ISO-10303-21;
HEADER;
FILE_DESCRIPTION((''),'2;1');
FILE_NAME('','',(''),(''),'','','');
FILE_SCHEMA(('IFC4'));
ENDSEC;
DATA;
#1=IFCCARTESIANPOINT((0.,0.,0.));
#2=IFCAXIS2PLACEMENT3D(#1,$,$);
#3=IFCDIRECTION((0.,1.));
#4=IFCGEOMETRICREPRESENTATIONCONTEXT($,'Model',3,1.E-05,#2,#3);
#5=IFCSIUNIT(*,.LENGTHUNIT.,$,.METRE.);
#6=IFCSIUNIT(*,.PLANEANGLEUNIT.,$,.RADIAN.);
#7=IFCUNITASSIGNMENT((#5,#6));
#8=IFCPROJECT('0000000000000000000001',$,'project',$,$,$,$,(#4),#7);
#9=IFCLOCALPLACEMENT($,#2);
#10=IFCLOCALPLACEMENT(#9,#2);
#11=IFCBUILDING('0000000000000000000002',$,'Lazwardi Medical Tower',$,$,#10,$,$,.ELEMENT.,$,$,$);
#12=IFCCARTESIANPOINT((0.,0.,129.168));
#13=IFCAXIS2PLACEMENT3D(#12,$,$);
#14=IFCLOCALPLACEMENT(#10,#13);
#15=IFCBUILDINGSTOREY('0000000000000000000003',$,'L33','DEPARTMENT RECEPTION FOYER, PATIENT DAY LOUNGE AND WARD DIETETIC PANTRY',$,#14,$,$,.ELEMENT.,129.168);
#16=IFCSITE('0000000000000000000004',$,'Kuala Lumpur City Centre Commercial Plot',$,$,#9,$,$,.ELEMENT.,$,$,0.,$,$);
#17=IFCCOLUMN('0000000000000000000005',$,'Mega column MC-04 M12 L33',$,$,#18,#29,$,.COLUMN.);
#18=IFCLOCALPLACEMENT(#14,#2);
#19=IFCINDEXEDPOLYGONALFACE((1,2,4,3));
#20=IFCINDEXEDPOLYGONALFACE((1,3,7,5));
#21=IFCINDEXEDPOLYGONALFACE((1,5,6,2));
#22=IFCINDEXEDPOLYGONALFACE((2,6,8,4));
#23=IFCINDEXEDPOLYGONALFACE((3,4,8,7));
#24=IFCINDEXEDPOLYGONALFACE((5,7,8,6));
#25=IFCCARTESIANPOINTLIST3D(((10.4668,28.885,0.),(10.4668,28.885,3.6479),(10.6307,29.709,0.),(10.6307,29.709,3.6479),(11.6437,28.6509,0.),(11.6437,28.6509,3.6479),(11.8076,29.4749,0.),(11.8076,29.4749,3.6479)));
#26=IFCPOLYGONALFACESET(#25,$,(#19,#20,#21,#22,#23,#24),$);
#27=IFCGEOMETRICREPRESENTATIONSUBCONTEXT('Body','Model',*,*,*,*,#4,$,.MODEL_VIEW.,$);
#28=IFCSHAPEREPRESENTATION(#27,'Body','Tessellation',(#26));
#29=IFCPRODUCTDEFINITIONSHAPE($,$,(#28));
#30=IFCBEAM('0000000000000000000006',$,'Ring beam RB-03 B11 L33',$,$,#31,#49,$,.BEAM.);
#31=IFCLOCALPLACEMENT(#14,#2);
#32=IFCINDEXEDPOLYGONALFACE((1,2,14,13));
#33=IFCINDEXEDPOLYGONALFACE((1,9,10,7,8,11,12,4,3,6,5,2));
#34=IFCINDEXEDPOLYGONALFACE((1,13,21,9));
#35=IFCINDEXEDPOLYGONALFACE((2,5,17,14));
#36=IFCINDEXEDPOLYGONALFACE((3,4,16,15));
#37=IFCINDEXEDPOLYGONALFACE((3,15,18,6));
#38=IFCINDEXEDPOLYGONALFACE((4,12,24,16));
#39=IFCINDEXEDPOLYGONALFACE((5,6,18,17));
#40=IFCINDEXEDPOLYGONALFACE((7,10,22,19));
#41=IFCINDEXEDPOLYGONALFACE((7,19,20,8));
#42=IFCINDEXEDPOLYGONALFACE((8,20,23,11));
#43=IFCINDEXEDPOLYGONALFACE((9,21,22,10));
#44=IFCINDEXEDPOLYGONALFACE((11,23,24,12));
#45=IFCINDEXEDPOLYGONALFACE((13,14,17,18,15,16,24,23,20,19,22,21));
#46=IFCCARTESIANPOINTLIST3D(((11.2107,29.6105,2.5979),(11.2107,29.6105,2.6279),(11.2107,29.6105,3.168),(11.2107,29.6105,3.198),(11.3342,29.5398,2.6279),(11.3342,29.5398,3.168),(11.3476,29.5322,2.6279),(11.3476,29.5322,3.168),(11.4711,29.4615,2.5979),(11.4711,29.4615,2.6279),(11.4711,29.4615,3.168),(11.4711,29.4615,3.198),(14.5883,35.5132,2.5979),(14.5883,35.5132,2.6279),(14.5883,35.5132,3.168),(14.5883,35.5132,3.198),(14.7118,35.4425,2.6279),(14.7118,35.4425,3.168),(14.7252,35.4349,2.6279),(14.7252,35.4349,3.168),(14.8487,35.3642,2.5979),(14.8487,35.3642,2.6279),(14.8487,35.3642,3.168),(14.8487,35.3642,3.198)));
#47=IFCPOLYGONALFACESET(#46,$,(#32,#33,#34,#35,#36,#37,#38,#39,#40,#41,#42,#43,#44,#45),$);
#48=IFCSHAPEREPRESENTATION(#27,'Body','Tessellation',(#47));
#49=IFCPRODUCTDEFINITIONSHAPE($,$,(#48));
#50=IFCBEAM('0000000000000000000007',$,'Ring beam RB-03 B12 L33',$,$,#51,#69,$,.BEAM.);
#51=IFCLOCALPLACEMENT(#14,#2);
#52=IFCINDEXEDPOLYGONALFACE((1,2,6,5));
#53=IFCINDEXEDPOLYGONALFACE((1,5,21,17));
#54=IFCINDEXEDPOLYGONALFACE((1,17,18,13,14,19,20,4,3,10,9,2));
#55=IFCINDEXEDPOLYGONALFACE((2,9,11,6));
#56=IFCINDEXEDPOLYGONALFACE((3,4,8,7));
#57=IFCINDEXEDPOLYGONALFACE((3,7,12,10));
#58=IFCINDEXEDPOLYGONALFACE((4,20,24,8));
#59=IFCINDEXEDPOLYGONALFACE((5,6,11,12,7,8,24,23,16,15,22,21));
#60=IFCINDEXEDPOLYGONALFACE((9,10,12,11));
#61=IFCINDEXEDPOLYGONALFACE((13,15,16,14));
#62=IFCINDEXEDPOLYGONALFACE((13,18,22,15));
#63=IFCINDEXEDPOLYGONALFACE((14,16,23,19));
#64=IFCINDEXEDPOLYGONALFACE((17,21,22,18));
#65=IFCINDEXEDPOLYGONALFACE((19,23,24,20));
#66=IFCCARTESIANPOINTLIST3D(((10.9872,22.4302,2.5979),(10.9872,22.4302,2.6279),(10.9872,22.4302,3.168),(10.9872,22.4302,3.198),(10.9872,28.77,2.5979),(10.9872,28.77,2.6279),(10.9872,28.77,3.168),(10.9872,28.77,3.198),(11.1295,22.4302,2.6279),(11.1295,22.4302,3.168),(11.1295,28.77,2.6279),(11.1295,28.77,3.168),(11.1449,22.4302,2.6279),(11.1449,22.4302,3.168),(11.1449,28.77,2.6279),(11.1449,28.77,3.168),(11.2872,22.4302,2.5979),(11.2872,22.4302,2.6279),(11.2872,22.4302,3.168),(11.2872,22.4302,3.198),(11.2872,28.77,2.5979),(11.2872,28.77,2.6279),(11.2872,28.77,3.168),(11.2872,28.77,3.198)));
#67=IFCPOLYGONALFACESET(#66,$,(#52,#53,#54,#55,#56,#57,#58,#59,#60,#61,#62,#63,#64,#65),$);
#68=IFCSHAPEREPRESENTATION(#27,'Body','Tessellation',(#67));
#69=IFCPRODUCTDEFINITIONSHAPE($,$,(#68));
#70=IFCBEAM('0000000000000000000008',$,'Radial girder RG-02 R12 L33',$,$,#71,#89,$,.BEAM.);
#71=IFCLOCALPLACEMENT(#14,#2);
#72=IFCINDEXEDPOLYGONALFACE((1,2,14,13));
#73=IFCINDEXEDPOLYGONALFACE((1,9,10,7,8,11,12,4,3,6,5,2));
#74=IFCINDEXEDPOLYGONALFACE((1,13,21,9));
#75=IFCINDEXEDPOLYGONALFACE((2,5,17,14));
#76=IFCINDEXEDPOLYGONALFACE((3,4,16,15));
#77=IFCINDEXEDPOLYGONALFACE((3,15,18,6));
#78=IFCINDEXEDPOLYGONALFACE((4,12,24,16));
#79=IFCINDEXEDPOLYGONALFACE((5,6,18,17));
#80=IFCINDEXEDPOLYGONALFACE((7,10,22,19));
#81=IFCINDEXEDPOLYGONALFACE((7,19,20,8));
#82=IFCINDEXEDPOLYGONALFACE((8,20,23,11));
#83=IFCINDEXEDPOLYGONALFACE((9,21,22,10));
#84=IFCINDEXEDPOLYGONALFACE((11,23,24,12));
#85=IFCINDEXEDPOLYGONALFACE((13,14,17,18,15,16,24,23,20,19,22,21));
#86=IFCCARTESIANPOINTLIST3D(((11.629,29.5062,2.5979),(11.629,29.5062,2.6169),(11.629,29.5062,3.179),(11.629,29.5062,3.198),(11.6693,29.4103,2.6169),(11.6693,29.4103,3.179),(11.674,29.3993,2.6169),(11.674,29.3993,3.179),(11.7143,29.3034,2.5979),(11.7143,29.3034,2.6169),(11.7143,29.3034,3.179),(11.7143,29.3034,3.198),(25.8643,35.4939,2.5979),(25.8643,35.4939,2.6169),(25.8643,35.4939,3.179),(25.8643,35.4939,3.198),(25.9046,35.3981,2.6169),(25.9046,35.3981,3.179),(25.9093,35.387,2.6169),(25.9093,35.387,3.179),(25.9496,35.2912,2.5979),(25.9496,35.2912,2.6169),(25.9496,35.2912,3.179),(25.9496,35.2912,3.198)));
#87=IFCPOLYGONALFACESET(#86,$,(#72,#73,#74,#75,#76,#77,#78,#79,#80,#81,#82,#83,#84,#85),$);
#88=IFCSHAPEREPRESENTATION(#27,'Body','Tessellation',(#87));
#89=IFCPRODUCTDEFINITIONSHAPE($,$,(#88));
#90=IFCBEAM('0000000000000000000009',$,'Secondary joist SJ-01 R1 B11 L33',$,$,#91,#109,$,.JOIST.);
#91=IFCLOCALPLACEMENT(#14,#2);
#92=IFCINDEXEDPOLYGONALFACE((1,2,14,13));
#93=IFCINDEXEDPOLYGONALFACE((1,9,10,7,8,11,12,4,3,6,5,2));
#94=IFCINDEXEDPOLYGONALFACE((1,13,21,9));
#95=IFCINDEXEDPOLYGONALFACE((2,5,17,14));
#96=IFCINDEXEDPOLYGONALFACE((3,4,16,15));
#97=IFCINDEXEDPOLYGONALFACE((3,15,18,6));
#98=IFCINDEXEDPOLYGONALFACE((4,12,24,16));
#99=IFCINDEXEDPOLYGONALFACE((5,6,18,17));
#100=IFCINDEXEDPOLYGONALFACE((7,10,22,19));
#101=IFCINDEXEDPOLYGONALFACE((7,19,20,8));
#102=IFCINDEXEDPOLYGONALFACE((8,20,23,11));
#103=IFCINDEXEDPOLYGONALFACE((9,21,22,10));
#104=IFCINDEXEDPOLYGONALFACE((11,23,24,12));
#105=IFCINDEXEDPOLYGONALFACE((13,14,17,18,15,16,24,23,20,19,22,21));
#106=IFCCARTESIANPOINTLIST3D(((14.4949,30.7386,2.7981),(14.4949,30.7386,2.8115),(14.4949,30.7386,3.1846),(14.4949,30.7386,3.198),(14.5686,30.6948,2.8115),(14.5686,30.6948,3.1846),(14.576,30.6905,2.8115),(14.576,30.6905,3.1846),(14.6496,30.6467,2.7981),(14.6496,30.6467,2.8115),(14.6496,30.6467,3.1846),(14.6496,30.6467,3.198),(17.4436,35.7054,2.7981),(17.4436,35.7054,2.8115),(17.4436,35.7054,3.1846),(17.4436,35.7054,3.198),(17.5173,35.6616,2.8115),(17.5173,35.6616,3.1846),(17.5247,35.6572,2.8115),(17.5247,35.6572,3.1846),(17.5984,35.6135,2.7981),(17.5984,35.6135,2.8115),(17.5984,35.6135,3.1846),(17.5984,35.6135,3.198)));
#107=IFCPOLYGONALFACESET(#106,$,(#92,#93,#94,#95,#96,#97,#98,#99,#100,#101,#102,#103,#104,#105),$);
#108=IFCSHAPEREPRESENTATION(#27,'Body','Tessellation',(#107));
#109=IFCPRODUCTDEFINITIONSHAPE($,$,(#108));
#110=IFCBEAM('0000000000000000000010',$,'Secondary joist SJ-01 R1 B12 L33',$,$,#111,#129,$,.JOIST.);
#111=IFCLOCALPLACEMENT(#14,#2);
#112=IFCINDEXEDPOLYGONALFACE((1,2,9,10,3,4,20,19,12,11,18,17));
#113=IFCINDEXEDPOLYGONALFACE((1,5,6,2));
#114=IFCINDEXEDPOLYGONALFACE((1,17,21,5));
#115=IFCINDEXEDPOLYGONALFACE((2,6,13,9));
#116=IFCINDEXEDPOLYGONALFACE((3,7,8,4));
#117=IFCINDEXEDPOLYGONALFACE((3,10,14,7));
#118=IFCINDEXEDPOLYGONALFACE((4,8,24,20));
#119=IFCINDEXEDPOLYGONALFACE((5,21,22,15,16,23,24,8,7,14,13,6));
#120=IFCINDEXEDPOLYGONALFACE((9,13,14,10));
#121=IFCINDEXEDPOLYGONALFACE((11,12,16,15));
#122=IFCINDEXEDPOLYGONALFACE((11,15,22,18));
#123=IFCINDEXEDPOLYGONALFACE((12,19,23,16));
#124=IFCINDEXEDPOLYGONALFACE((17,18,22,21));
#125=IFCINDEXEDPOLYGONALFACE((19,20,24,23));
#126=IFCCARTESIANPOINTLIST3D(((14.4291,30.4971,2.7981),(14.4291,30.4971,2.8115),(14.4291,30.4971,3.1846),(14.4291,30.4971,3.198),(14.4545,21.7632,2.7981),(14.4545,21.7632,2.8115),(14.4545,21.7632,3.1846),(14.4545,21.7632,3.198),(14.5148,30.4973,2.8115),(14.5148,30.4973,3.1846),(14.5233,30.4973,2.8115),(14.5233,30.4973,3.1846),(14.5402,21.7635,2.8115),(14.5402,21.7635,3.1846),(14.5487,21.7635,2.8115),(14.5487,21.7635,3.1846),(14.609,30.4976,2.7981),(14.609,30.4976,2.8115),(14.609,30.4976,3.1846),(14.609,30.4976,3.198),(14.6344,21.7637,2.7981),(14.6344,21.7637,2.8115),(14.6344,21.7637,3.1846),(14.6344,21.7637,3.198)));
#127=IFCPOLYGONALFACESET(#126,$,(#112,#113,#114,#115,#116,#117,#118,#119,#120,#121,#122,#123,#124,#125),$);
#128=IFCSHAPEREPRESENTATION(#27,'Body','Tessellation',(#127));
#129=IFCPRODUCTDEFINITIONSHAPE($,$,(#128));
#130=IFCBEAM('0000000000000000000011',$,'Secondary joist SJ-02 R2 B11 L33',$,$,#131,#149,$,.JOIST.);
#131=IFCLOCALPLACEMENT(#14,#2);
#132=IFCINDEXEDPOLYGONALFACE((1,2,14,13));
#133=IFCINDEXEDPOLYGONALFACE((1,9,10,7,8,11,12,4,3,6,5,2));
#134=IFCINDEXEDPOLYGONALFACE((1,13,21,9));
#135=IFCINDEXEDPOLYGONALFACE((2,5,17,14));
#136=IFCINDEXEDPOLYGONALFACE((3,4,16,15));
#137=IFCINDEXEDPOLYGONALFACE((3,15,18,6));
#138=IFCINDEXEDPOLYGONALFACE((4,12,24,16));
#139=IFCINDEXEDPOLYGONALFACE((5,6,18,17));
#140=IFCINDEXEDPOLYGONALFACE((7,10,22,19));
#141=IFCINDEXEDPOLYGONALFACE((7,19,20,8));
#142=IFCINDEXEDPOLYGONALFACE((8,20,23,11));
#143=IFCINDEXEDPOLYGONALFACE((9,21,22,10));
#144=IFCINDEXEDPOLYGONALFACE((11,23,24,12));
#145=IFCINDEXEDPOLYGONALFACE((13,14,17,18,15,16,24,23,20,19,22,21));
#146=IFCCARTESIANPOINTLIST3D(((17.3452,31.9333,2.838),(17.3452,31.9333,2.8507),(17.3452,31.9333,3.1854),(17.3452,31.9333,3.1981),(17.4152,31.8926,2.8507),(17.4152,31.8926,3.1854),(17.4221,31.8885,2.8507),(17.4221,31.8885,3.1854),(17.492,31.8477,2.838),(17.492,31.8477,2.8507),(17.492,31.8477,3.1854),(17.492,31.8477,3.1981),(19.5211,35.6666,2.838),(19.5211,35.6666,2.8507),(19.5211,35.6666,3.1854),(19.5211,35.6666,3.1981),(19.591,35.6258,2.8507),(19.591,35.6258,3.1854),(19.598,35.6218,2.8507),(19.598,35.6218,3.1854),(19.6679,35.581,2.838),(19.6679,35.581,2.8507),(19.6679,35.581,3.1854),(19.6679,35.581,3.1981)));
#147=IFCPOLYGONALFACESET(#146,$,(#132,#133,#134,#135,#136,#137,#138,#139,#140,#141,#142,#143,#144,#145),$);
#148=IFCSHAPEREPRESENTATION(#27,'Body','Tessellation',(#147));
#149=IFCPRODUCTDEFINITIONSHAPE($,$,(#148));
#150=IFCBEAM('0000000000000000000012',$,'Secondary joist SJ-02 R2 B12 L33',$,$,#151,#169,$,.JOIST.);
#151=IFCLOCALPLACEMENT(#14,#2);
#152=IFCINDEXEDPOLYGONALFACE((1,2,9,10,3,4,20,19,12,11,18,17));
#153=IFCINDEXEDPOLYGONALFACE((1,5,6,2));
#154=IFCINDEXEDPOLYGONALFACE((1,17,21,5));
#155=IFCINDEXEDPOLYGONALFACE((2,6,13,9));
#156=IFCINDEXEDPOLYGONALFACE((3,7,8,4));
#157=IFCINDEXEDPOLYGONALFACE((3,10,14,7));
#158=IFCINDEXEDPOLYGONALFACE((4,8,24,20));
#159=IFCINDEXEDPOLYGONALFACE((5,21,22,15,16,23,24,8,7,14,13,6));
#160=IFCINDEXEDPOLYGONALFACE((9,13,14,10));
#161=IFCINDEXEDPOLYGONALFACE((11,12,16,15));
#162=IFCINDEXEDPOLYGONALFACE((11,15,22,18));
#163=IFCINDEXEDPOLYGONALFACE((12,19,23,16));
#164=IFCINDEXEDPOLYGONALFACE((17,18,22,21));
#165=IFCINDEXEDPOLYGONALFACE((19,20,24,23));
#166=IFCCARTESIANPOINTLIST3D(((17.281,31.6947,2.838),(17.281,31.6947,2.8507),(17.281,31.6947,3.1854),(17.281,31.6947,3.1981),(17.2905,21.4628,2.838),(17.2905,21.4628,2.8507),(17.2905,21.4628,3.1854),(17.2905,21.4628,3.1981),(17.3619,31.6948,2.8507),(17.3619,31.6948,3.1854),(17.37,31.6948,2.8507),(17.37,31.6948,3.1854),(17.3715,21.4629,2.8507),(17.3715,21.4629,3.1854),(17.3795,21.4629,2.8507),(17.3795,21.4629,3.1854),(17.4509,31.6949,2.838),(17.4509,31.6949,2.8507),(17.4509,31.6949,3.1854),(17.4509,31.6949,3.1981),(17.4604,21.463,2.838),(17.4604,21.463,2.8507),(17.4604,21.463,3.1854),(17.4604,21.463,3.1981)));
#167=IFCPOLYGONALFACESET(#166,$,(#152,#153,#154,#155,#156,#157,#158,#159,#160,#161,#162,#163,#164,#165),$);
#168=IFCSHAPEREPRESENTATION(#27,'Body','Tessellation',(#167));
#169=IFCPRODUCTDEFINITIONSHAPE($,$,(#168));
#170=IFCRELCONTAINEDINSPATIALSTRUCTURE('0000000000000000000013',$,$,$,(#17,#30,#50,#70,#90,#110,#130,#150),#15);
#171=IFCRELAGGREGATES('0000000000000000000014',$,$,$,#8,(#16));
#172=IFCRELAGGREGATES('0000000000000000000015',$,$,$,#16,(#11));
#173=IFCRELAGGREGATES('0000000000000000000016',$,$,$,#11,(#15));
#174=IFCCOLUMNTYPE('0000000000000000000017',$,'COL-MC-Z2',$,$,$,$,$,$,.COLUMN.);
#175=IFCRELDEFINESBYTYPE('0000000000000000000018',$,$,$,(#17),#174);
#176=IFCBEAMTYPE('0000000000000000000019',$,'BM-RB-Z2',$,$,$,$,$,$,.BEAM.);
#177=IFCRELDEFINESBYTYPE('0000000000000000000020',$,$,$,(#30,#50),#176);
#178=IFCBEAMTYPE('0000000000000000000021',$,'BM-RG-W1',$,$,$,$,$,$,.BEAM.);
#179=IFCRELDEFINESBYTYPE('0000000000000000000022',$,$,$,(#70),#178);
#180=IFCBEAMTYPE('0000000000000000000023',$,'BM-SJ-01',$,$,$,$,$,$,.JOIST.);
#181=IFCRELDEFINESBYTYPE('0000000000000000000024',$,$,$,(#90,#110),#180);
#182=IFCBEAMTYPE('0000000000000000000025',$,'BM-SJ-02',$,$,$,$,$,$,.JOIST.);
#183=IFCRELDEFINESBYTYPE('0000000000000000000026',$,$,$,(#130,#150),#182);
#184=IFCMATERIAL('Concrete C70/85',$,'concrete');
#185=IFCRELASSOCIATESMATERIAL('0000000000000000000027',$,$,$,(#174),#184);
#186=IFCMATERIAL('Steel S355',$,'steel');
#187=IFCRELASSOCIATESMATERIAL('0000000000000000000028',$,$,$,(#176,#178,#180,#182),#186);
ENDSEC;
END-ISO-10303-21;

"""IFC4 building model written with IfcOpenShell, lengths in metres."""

from ifc_helpers import new_model, si_unit, direction, frame, origin, origin_2d, place, context, subcontext, project, spatial, rectangle, i_section, extrude, material, material_profile, profile_set, type_object, element, save


model = new_model("IFC4")

# Units and contexts
model_context = context("Model", 3, precision=1e-05, world=origin(), true_north=direction((0.0, 1.0)))
body_context = subcontext(model_context, "Body", "Model", "MODEL_VIEW")
ifc_project = project(units=[si_unit("LENGTHUNIT", "METRE"), si_unit("PLANEANGLEUNIT", "RADIAN")], contexts=[model_context])

# Site, building, storey
site_placement = place(None, origin())
site = spatial("IfcSite", under=ifc_project, at=site_placement, Name="Kuala Lumpur City Centre Commercial Plot", CompositionType="ELEMENT", RefElevation=0.0)
building_placement = place(site_placement, origin())
building = spatial("IfcBuilding", under=site, at=building_placement, Name="Lazwardi Medical Tower", CompositionType="ELEMENT")
storey_placement = place(building_placement, frame((0.0, 0.0, 129.168)))
storey = spatial("IfcBuildingStorey", under=building, at=storey_placement, Name="L33", Description="DEPARTMENT RECEPTION FOYER, PATIENT DAY LOUNGE AND WARD DIETETIC PANTRY", CompositionType="ELEMENT", Elevation=129.168)

# Column
ifc_material_1 = material(Name="Concrete C70/85", Category="concrete")
ifc_material_profile_1 = material_profile(ifc_material_1, rectangle(XDim=1.2, YDim=0.8401, at=origin_2d()), Name="CFT-RECT 1200x840")
ifc_profile_set_1 = profile_set([ifc_material_profile_1], Name="Concrete C70/85")
column_type = type_object("IfcColumnType", Name="COL-MC-Z2", PredefinedType="COLUMN", material=ifc_profile_set_1)
column_placement = place(storey_placement, frame((11.1372, 29.1799, 0.0), z_axis=(0.0, 0.0, 1.0), x_axis=(-0.980785, 0.19509, 0.0)))
element("IfcColumn", 1, at=column_placement, inside=storey, type_object=column_type, Name="Mega column MC-04 M12 L33", PredefinedType="COLUMN", context=body_context, shape_type="SweptSolid", body=[
    extrude(rectangle(XDim=1.2, YDim=0.8401, at=origin_2d()), origin(), (0.0, 0.0, 1.0), 3.6479),
])

# Beams
ifc_material_2 = material(Name="Steel S355", Category="steel")
ifc_material_profile_2 = material_profile(ifc_material_2, i_section(OverallWidth=0.3, OverallDepth=0.6001, WebThickness=0.0154, FlangeThickness=0.03, at=origin_2d()), Name="HEB 600")
ifc_profile_set_2 = profile_set([ifc_material_profile_2], Name="Steel S355")
beam_type_1 = type_object("IfcBeamType", Name="BM-RB-Z2", PredefinedType="BEAM", material=ifc_profile_set_2)
beam_1_placement = place(storey_placement, frame((14.7185, 35.4387, 2.8979), z_axis=(-0.496653, -0.867949, 0.0), x_axis=(0.867949, -0.496653, 0.0)))
element("IfcBeam", 2, at=beam_1_placement, inside=storey, type_object=beam_type_1, Name="Ring beam RB-03 B11 L33", PredefinedType="BEAM", context=body_context, shape_type="SweptSolid", body=[
    extrude(i_section(OverallWidth=0.3, OverallDepth=0.6001, WebThickness=0.0154, FlangeThickness=0.03, at=origin_2d()), origin(), (0.0, 0.0, 1.0), 6.8008),
])
beam_2_placement = place(storey_placement, frame((11.1372, 28.77, 2.8979), z_axis=(0.0, -1.0, 0.0), x_axis=(1.0, 0.0, 0.0)))
element("IfcBeam", 3, at=beam_2_placement, inside=storey, type_object=beam_type_1, Name="Ring beam RB-03 B12 L33", PredefinedType="BEAM", context=body_context, shape_type="SweptSolid", body=[
    extrude(i_section(OverallWidth=0.3, OverallDepth=0.6001, WebThickness=0.0154, FlangeThickness=0.03, at=origin_2d()), origin(), (0.0, 0.0, 1.0), 6.3398),
])
ifc_material_profile_3 = material_profile(ifc_material_2, i_section(OverallWidth=0.22, OverallDepth=0.6001, WebThickness=0.012, FlangeThickness=0.019, at=origin_2d()), Name="IPE 600")
ifc_profile_set_3 = profile_set([ifc_material_profile_3], Name="Steel S355")
beam_type_2 = type_object("IfcBeamType", Name="BM-RG-W1", PredefinedType="BEAM", material=ifc_profile_set_3)
beam_3_placement = place(storey_placement, frame((11.6716, 29.4048, 2.8979), z_axis=(0.921775, 0.387725, 0.0), x_axis=(-0.387725, 0.921775, 0.0)))
element("IfcBeam", 4, at=beam_3_placement, inside=storey, type_object=beam_type_2, Name="Radial girder RG-02 R12 L33", PredefinedType="BEAM", context=body_context, shape_type="SweptSolid", body=[
    extrude(i_section(OverallWidth=0.22, OverallDepth=0.6001, WebThickness=0.012, FlangeThickness=0.019, at=origin_2d()), origin(), (0.0, 0.0, 1.0), 15.4434),
])
ifc_material_profile_4 = material_profile(ifc_material_2, i_section(OverallWidth=0.1799, OverallDepth=0.3999, WebThickness=0.0085, FlangeThickness=0.0134, at=origin_2d()), Name="IPE 400")
ifc_profile_set_4 = profile_set([ifc_material_profile_4], Name="Steel S355")
beam_type_3 = type_object("IfcBeamType", Name="BM-SJ-01", PredefinedType="JOIST", material=ifc_profile_set_4)
beam_4_placement = place(storey_placement, frame((17.521, 35.6594, 2.998), z_axis=(-0.5105, -0.859878, 0.0), x_axis=(0.859878, -0.5105, 0.0)))
element("IfcBeam", 5, at=beam_4_placement, inside=storey, type_object=beam_type_3, Name="Secondary joist SJ-01 R1 B11 L33", PredefinedType="JOIST", context=body_context, shape_type="SweptSolid", body=[
    extrude(i_section(OverallWidth=0.1799, OverallDepth=0.3999, WebThickness=0.0085, FlangeThickness=0.0134, at=origin_2d()), origin(), (0.0, 0.0, 1.0), 5.7761),
])
beam_5_placement = place(storey_placement, frame((14.519, 30.4973, 2.998), z_axis=(0.002907, -0.999996, 0.0), x_axis=(0.999996, 0.002907, 0.0)))
element("IfcBeam", 6, at=beam_5_placement, inside=storey, type_object=beam_type_3, Name="Secondary joist SJ-01 R1 B12 L33", PredefinedType="JOIST", context=body_context, shape_type="SweptSolid", body=[
    extrude(i_section(OverallWidth=0.1799, OverallDepth=0.3999, WebThickness=0.0085, FlangeThickness=0.0134, at=origin_2d()), origin(), (0.0, 0.0, 1.0), 8.7339),
])
ifc_material_profile_5 = material_profile(ifc_material_2, i_section(OverallWidth=0.1699, OverallDepth=0.3601, WebThickness=0.0081, FlangeThickness=0.0127, at=origin_2d()), Name="IPE 360")
ifc_profile_set_5 = profile_set([ifc_material_profile_5], Name="Steel S355")
beam_type_4 = type_object("IfcBeamType", Name="BM-SJ-02", PredefinedType="JOIST", material=ifc_profile_set_5)
beam_6_placement = place(storey_placement, frame((19.5945, 35.6238, 3.0181), z_axis=(-0.503544, -0.863969, 0.0), x_axis=(0.863969, -0.503544, 0.0)))
element("IfcBeam", 7, at=beam_6_placement, inside=storey, type_object=beam_type_4, Name="Secondary joist SJ-02 R2 B11 L33", PredefinedType="JOIST", context=body_context, shape_type="SweptSolid", body=[
    extrude(i_section(OverallWidth=0.1699, OverallDepth=0.3601, WebThickness=0.0081, FlangeThickness=0.0127, at=origin_2d()), origin(), (0.0, 0.0, 1.0), 4.321),
])
beam_7_placement = place(storey_placement, frame((17.366, 31.6948, 3.0181), z_axis=(0.000931, -1.0, 0.0), x_axis=(1.0, 0.000931, 0.0)))
element("IfcBeam", 8, at=beam_7_placement, inside=storey, type_object=beam_type_4, Name="Secondary joist SJ-02 R2 B12 L33", PredefinedType="JOIST", context=body_context, shape_type="SweptSolid", body=[
    extrude(i_section(OverallWidth=0.1699, OverallDepth=0.3601, WebThickness=0.0081, FlangeThickness=0.0127, at=origin_2d()), origin(), (0.0, 0.0, 1.0), 10.2319),
])

save(model, "model.ifc")
